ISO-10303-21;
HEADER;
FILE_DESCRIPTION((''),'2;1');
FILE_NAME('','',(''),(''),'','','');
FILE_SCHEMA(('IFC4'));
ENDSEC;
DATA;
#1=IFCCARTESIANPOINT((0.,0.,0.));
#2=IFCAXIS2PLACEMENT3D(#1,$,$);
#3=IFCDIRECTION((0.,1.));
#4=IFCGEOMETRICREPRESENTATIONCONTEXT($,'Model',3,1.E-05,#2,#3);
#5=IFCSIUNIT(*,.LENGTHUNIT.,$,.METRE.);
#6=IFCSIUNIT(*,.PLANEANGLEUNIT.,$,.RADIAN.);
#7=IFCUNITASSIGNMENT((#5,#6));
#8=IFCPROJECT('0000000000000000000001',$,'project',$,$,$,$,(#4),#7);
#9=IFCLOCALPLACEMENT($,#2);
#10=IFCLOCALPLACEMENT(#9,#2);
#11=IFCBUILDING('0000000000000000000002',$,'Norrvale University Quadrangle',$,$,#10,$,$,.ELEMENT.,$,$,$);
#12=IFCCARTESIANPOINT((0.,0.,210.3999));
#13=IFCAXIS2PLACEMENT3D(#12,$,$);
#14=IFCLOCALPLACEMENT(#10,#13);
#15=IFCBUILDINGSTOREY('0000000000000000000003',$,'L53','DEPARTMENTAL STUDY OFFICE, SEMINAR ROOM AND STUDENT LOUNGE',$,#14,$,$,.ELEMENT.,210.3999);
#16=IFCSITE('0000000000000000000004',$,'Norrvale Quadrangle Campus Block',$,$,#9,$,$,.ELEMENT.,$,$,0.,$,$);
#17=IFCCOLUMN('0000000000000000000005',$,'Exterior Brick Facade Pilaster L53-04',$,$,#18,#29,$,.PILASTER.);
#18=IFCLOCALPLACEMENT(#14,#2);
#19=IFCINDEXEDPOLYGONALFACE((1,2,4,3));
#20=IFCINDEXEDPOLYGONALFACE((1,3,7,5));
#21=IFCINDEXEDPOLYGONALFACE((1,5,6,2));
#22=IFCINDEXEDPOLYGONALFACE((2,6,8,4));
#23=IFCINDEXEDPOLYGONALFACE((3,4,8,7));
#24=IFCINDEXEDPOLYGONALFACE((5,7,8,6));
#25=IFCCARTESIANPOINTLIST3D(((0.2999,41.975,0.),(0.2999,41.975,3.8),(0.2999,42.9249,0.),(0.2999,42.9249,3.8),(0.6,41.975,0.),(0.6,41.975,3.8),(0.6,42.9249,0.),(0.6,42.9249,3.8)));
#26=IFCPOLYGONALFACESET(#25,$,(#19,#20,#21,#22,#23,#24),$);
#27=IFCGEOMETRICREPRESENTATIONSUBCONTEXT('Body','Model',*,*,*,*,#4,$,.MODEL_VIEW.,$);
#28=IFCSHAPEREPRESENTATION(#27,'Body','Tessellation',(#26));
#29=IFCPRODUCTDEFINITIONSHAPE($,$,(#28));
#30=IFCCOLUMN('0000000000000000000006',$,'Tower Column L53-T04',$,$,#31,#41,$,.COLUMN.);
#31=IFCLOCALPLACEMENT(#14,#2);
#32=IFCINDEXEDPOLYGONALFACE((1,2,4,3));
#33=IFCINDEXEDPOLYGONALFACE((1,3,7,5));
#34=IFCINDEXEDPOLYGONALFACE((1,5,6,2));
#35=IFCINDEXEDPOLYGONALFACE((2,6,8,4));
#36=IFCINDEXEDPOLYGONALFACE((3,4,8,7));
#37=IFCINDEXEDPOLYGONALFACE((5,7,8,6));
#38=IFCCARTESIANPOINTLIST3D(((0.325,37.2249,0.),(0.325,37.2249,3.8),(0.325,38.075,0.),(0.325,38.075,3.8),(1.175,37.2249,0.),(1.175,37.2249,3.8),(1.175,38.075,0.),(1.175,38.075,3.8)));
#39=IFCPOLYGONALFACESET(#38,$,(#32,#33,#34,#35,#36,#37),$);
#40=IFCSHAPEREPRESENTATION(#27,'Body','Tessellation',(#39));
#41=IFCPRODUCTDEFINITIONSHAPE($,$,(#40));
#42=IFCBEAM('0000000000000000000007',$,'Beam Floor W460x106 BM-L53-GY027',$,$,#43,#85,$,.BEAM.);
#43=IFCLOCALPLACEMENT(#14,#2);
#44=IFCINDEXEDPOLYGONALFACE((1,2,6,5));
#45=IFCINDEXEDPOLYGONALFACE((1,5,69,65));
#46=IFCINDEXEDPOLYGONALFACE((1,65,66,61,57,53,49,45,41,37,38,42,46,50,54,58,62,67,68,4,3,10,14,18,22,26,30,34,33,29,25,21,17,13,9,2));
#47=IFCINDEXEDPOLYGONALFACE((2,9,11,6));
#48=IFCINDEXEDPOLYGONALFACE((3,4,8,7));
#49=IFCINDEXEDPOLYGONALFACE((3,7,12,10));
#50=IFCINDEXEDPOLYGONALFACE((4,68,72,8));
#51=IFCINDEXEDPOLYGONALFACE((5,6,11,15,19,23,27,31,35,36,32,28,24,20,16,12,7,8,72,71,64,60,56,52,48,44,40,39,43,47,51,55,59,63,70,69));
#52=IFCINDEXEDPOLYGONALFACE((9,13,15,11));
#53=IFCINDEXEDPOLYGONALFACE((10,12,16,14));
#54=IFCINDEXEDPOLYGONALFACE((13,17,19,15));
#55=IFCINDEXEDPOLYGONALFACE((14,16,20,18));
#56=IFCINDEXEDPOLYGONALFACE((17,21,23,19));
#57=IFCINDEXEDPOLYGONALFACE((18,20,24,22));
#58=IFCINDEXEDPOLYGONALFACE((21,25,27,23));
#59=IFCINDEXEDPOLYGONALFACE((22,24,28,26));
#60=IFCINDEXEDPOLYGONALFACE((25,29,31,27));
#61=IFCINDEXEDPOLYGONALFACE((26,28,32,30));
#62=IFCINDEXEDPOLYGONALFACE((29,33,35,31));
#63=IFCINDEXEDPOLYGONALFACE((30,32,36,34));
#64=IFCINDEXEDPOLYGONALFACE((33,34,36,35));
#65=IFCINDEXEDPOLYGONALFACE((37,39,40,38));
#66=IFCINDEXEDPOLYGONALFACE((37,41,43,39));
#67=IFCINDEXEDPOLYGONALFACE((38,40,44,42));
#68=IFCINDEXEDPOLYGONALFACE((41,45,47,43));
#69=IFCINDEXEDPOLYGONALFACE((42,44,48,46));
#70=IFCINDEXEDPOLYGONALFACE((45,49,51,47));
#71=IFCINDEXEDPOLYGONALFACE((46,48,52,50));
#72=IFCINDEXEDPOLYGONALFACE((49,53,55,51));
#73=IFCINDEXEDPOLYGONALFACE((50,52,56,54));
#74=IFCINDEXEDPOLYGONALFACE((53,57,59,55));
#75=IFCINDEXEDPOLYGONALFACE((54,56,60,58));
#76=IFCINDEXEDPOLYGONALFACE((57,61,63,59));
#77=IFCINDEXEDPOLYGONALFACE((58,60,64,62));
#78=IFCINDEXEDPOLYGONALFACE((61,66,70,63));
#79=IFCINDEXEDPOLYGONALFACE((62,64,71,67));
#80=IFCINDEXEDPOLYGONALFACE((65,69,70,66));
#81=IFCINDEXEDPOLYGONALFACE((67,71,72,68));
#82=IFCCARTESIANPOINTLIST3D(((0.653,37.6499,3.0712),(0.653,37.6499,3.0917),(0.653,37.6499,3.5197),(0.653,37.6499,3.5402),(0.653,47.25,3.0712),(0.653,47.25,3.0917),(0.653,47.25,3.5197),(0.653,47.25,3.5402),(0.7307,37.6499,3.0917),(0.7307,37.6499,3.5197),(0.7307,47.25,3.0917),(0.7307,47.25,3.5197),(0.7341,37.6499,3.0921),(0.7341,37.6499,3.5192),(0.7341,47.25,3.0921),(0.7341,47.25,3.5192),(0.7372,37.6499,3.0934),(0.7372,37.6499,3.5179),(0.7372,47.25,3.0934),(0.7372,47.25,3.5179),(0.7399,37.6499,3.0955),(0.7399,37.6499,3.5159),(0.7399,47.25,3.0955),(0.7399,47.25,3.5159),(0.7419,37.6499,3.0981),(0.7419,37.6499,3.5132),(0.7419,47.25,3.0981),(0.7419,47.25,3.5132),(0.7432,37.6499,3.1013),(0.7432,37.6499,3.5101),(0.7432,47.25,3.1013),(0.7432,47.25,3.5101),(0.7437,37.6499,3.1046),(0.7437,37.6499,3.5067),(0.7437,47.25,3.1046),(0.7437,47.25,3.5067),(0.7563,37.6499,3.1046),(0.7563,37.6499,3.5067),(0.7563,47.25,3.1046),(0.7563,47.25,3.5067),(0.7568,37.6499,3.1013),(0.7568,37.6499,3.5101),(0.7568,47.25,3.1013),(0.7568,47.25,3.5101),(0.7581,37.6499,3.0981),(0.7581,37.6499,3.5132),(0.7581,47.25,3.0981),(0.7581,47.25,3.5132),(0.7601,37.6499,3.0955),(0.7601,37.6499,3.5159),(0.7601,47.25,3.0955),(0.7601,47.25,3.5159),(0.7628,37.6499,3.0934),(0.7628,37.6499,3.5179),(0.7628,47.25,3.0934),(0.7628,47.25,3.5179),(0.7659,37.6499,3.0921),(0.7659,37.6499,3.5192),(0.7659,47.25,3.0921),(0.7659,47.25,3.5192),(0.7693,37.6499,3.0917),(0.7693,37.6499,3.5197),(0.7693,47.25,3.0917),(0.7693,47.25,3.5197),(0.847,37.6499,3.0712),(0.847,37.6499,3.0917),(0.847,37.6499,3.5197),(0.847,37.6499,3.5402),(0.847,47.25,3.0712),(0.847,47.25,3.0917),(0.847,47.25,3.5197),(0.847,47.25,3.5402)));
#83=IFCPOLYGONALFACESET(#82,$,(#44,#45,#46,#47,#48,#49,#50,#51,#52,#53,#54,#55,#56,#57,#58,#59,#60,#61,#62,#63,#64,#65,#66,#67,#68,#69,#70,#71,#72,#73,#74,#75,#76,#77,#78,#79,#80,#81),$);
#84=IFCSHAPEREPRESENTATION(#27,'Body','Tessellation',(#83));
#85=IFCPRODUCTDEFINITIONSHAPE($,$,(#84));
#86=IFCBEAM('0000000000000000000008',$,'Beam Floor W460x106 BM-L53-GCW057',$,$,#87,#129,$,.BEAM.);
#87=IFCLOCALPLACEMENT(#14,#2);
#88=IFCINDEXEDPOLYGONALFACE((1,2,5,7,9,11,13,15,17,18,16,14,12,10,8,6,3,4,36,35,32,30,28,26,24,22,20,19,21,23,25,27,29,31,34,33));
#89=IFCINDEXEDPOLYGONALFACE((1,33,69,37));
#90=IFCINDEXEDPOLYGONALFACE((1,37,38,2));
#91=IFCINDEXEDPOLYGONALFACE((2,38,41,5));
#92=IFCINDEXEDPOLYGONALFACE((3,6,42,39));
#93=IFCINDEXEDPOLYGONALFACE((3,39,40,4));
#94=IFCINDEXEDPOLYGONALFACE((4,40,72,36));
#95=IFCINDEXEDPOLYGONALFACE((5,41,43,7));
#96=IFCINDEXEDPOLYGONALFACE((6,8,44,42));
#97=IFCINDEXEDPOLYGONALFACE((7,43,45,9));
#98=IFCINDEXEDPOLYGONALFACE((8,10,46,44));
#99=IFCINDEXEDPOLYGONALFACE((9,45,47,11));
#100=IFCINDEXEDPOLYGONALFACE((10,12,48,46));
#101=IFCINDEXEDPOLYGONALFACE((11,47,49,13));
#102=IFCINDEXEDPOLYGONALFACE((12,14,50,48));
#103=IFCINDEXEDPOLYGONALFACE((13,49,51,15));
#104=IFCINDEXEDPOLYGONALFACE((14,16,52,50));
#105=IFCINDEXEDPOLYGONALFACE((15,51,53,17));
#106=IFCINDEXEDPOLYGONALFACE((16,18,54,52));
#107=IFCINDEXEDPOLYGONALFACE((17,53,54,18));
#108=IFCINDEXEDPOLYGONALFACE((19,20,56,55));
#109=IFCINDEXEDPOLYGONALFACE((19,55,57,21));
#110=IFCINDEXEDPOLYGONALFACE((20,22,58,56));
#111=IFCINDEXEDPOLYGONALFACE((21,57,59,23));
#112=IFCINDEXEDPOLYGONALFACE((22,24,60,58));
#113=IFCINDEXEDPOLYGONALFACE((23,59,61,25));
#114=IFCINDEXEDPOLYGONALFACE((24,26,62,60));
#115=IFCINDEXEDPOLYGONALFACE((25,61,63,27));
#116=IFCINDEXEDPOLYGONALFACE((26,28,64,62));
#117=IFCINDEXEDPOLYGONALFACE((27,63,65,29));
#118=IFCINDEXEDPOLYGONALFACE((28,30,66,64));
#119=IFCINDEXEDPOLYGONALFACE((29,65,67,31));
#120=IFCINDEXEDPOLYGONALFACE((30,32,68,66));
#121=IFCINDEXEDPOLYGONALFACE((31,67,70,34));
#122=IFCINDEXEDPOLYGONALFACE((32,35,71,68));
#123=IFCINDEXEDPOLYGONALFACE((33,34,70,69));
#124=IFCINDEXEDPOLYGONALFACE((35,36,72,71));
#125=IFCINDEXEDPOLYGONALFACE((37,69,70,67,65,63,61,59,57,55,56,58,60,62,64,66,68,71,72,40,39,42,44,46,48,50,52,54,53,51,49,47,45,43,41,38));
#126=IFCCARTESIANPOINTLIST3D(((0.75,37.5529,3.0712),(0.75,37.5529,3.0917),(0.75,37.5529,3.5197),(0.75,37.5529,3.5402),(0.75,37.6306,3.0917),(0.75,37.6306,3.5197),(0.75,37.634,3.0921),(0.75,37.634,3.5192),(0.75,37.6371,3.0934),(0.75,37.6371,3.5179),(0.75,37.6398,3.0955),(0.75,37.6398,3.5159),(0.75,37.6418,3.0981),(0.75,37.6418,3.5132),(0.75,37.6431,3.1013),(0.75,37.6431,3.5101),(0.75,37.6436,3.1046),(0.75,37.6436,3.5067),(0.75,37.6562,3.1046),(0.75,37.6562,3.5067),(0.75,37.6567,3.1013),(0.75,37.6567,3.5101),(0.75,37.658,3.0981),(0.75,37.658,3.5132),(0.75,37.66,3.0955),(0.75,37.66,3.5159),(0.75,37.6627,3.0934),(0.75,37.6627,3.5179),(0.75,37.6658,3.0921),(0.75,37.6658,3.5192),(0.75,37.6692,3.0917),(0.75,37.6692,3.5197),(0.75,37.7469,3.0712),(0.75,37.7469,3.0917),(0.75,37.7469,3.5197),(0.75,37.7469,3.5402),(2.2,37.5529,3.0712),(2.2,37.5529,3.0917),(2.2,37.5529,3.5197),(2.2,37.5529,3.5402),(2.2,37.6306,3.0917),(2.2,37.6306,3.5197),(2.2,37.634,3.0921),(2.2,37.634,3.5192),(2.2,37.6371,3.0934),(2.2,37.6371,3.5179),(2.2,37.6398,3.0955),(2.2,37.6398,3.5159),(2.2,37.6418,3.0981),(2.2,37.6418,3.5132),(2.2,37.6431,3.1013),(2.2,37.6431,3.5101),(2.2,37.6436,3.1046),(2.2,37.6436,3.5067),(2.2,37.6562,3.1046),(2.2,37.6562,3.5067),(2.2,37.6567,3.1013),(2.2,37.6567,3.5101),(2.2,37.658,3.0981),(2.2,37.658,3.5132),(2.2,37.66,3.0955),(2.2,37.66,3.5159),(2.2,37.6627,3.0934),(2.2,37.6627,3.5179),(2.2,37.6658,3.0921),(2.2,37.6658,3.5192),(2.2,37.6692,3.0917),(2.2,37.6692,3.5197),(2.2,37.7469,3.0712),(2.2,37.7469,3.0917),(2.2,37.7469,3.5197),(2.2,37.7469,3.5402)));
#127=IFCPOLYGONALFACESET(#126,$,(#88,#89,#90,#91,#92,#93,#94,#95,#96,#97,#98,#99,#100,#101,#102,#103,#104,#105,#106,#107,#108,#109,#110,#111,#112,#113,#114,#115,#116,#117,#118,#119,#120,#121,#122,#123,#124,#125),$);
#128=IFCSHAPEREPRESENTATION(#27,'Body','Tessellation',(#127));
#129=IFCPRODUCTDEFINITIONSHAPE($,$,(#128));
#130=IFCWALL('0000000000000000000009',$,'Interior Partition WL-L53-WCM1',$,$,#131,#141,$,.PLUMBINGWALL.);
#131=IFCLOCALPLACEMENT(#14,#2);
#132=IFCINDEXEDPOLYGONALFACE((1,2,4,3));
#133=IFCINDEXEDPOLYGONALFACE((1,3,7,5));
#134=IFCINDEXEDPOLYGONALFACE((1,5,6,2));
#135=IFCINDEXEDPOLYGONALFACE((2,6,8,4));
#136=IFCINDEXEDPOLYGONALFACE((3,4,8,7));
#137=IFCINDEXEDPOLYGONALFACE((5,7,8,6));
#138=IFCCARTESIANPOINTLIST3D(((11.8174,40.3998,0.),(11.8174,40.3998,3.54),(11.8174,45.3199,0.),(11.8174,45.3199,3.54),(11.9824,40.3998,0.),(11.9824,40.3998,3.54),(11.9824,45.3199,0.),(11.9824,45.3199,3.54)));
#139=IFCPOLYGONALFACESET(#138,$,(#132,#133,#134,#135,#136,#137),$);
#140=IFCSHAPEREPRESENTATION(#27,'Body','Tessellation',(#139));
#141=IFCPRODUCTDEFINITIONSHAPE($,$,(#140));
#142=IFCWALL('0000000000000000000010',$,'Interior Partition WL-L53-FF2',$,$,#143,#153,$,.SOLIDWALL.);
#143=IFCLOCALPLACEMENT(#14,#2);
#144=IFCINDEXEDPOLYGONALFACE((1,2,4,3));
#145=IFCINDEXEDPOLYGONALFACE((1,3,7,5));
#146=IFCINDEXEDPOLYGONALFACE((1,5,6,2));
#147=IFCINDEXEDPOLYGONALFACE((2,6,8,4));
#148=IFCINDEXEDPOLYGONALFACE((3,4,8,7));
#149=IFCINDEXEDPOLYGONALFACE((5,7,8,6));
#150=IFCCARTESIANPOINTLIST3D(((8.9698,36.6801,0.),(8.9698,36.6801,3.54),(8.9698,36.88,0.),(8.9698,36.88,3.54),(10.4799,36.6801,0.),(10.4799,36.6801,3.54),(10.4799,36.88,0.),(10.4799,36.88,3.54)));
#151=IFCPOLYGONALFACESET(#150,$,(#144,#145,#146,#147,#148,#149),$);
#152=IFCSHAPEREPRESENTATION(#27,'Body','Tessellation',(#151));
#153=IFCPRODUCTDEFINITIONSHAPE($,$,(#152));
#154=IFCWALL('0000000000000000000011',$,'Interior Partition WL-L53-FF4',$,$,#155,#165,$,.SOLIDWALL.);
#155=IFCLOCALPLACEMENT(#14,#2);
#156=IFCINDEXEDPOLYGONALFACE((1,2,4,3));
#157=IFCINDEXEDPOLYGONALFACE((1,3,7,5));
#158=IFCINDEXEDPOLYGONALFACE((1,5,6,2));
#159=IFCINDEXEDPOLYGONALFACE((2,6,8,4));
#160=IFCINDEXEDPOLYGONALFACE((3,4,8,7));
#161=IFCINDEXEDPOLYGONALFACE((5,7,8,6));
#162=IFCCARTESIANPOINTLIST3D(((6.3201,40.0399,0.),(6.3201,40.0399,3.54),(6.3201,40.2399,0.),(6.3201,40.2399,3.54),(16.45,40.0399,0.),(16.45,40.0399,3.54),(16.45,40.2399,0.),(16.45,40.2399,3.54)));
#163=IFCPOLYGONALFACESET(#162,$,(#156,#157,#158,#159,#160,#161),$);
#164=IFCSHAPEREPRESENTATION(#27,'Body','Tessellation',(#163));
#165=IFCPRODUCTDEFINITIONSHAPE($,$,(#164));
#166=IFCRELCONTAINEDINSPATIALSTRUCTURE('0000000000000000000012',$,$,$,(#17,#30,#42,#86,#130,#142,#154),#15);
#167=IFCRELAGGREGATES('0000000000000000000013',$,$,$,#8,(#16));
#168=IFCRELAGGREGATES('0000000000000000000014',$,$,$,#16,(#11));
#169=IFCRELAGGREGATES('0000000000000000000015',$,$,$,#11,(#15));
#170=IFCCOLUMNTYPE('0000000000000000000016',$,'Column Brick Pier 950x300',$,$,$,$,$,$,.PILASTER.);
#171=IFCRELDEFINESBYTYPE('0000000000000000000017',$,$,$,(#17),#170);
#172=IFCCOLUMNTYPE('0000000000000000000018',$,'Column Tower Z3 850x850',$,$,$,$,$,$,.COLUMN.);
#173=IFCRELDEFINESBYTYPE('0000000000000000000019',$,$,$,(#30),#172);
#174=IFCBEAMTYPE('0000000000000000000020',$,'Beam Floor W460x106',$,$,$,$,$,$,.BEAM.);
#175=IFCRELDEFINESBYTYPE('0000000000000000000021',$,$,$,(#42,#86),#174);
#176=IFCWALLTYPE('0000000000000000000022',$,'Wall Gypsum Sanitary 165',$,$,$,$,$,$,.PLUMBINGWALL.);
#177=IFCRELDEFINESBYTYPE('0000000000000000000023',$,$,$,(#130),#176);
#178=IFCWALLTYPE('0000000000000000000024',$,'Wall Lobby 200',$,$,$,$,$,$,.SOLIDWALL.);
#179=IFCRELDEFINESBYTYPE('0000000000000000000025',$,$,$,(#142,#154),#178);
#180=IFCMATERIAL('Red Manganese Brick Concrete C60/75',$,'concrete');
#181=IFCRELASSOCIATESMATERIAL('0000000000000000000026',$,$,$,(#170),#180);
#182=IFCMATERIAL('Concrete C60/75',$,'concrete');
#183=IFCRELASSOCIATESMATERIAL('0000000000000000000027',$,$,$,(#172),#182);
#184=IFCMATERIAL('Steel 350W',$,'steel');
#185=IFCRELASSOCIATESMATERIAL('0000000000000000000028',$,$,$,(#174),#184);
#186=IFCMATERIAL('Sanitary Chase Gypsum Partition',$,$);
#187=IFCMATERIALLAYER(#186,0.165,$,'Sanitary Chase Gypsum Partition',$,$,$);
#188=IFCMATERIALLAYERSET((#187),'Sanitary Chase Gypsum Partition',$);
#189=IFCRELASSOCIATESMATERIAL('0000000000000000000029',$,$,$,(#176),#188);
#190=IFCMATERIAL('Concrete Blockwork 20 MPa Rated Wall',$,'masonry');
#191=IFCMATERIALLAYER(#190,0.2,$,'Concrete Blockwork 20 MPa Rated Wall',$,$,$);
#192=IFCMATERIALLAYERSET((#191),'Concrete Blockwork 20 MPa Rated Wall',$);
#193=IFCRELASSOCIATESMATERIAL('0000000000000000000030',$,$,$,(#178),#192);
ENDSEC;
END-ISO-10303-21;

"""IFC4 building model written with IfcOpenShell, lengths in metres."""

from ifc_helpers import new_model, si_unit, direction, frame, frame_2d, origin, origin_2d, place, context, subcontext, project, spatial, rectangle, i_section, extrude, material, layer, layer_set, material_profile, profile_set, type_object, element, save


model = new_model("IFC4")

# Units and contexts
model_context = context("Model", 3, precision=1e-05, world=origin(), true_north=direction((0.0, 1.0)))
body_context = subcontext(model_context, "Body", "Model", "MODEL_VIEW")
ifc_project = project(units=[si_unit("LENGTHUNIT", "METRE"), si_unit("PLANEANGLEUNIT", "RADIAN")], contexts=[model_context])

# Site, building, storey
site_placement = place(None, origin())
site = spatial("IfcSite", under=ifc_project, at=site_placement, Name="Norrvale Quadrangle Campus Block", CompositionType="ELEMENT", RefElevation=0.0)
building_placement = place(site_placement, origin())
building = spatial("IfcBuilding", under=site, at=building_placement, Name="Norrvale University Quadrangle", CompositionType="ELEMENT")
storey_placement = place(building_placement, frame((0.0, 0.0, 210.3999)))
storey = spatial("IfcBuildingStorey", under=building, at=storey_placement, Name="L53", Description="DEPARTMENTAL STUDY OFFICE, SEMINAR ROOM AND STUDENT LOUNGE", CompositionType="ELEMENT", Elevation=210.3999)

# Columns
ifc_material_1 = material(Name="Red Manganese Brick Concrete C60/75", Category="concrete")
ifc_material_profile_1 = material_profile(ifc_material_1, rectangle(XDim=0.95, YDim=0.3, at=origin_2d()), Name="Red Manganese Brick Concrete C60/75")
ifc_profile_set_1 = profile_set([ifc_material_profile_1], Name="Red Manganese Brick Concrete C60/75")
column_type_1 = type_object("IfcColumnType", Name="Column Brick Pier 950x300", PredefinedType="PILASTER", material=ifc_profile_set_1)
column_1_placement = place(storey_placement, frame((0.45, 42.45, 0.0), z_axis=(0.0, 0.0, 1.0), x_axis=(0.0, 1.0, 0.0)))
element("IfcColumn", 1, at=column_1_placement, inside=storey, type_object=column_type_1, Name="Exterior Brick Facade Pilaster L53-04", PredefinedType="PILASTER", context=body_context, shape_type="SweptSolid", body=[
    extrude(rectangle(XDim=0.95, YDim=0.3, at=origin_2d()), origin(), (0.0, 0.0, 1.0), 3.8),
])
ifc_material_2 = material(Name="Concrete C60/75", Category="concrete")
ifc_material_profile_2 = material_profile(ifc_material_2, rectangle(XDim=0.8501, YDim=0.8501, at=origin_2d()), Name="Concrete C60/75")
ifc_profile_set_2 = profile_set([ifc_material_profile_2], Name="Concrete C60/75")
column_type_2 = type_object("IfcColumnType", Name="Column Tower Z3 850x850", PredefinedType="COLUMN", material=ifc_profile_set_2)
column_2_placement = place(storey_placement, frame((0.75, 37.6499, 0.0), z_axis=(0.0, 0.0, 1.0), x_axis=(1.0, 0.0, 0.0)))
element("IfcColumn", 2, at=column_2_placement, inside=storey, type_object=column_type_2, Name="Tower Column L53-T04", PredefinedType="COLUMN", context=body_context, shape_type="SweptSolid", body=[
    extrude(rectangle(XDim=0.8501, YDim=0.8501, at=origin_2d()), origin(), (0.0, 0.0, 1.0), 3.8),
])

# Beams
ifc_material_3 = material(Name="Steel 350W", Category="steel")
ifc_material_profile_3 = material_profile(ifc_material_3, i_section(OverallWidth=0.1941, OverallDepth=0.469, WebThickness=0.0127, FlangeThickness=0.0205, FilletRadius=0.0129, at=origin_2d()), Name="Steel 350W")
ifc_profile_set_3 = profile_set([ifc_material_profile_3], Name="Steel 350W")
beam_type = type_object("IfcBeamType", Name="Beam Floor W460x106", PredefinedType="BEAM", material=ifc_profile_set_3)
beam_1_placement = place(storey_placement, frame((0.75, 37.6499, 3.3057), z_axis=(0.0, 1.0, 0.0), x_axis=(-1.0, 0.0, 0.0)))
element("IfcBeam", 3, at=beam_1_placement, inside=storey, type_object=beam_type, Name="Beam Floor W460x106 BM-L53-GY027", PredefinedType="BEAM", context=body_context, shape_type="SweptSolid", body=[
    extrude(i_section(OverallWidth=0.1941, OverallDepth=0.469, WebThickness=0.0127, FlangeThickness=0.0205, FilletRadius=0.0129, at=origin_2d()), origin(), (0.0, 0.0, 1.0), 9.6001),
])
beam_2_placement = place(storey_placement, frame((0.75, 37.6499, 3.3057), z_axis=(1.0, 0.0, 0.0), x_axis=(0.0, 1.0, 0.0)))
element("IfcBeam", 4, at=beam_2_placement, inside=storey, type_object=beam_type, Name="Beam Floor W460x106 BM-L53-GCW057", PredefinedType="BEAM", context=body_context, shape_type="SweptSolid", body=[
    extrude(i_section(OverallWidth=0.1941, OverallDepth=0.469, WebThickness=0.0127, FlangeThickness=0.0205, FilletRadius=0.0129, at=origin_2d()), origin(), (0.0, 0.0, 1.0), 1.45),
])

# Walls
ifc_material_4 = material(Name="Sanitary Chase Gypsum Partition")
ifc_layer_1 = layer(ifc_material_4, 0.165, Name="Sanitary Chase Gypsum Partition")
ifc_layer_set_1 = layer_set([ifc_layer_1], Name="Sanitary Chase Gypsum Partition")
wall_type_1 = type_object("IfcWallType", Name="Wall Gypsum Sanitary 165", PredefinedType="PLUMBINGWALL", material=ifc_layer_set_1)
wall_1_placement = place(storey_placement, frame((11.8999, 40.3999, 0.0), z_axis=(0.0, 0.0, 1.0), x_axis=(0.0, 1.0, 0.0)))
element("IfcWall", 5, at=wall_1_placement, inside=storey, type_object=wall_type_1, Name="Interior Partition WL-L53-WCM1", PredefinedType="PLUMBINGWALL", context=body_context, shape_type="SweptSolid", body=[
    extrude(rectangle(XDim=4.9202, YDim=0.165, at=frame_2d((2.46, 0.0))), origin(), (0.0, 0.0, 1.0), 3.54),
])
ifc_material_5 = material(Name="Concrete Blockwork 20 MPa Rated Wall", Category="masonry")
ifc_layer_2 = layer(ifc_material_5, 0.2, Name="Concrete Blockwork 20 MPa Rated Wall")
ifc_layer_set_2 = layer_set([ifc_layer_2], Name="Concrete Blockwork 20 MPa Rated Wall")
wall_type_2 = type_object("IfcWallType", Name="Wall Lobby 200", PredefinedType="SOLIDWALL", material=ifc_layer_set_2)
wall_2_placement = place(storey_placement, frame((8.97, 36.78, 0.0), z_axis=(0.0, 0.0, 1.0), x_axis=(1.0, 0.0, 0.0)))
element("IfcWall", 6, at=wall_2_placement, inside=storey, type_object=wall_type_2, Name="Interior Partition WL-L53-FF2", PredefinedType="SOLIDWALL", context=body_context, shape_type="SweptSolid", body=[
    extrude(rectangle(XDim=1.51, YDim=0.2, at=frame_2d((0.7549, 0.0))), origin(), (0.0, 0.0, 1.0), 3.54),
])
wall_3_placement = place(storey_placement, frame((6.3201, 40.1399, 0.0), z_axis=(0.0, 0.0, 1.0), x_axis=(1.0, 0.0, 0.0)))
element("IfcWall", 7, at=wall_3_placement, inside=storey, type_object=wall_type_2, Name="Interior Partition WL-L53-FF4", PredefinedType="SOLIDWALL", context=body_context, shape_type="SweptSolid", body=[
    extrude(rectangle(XDim=10.1299, YDim=0.2, at=frame_2d((5.0649, 0.0))), origin(), (0.0, 0.0, 1.0), 3.54),
])

save(model, "model.ifc")
